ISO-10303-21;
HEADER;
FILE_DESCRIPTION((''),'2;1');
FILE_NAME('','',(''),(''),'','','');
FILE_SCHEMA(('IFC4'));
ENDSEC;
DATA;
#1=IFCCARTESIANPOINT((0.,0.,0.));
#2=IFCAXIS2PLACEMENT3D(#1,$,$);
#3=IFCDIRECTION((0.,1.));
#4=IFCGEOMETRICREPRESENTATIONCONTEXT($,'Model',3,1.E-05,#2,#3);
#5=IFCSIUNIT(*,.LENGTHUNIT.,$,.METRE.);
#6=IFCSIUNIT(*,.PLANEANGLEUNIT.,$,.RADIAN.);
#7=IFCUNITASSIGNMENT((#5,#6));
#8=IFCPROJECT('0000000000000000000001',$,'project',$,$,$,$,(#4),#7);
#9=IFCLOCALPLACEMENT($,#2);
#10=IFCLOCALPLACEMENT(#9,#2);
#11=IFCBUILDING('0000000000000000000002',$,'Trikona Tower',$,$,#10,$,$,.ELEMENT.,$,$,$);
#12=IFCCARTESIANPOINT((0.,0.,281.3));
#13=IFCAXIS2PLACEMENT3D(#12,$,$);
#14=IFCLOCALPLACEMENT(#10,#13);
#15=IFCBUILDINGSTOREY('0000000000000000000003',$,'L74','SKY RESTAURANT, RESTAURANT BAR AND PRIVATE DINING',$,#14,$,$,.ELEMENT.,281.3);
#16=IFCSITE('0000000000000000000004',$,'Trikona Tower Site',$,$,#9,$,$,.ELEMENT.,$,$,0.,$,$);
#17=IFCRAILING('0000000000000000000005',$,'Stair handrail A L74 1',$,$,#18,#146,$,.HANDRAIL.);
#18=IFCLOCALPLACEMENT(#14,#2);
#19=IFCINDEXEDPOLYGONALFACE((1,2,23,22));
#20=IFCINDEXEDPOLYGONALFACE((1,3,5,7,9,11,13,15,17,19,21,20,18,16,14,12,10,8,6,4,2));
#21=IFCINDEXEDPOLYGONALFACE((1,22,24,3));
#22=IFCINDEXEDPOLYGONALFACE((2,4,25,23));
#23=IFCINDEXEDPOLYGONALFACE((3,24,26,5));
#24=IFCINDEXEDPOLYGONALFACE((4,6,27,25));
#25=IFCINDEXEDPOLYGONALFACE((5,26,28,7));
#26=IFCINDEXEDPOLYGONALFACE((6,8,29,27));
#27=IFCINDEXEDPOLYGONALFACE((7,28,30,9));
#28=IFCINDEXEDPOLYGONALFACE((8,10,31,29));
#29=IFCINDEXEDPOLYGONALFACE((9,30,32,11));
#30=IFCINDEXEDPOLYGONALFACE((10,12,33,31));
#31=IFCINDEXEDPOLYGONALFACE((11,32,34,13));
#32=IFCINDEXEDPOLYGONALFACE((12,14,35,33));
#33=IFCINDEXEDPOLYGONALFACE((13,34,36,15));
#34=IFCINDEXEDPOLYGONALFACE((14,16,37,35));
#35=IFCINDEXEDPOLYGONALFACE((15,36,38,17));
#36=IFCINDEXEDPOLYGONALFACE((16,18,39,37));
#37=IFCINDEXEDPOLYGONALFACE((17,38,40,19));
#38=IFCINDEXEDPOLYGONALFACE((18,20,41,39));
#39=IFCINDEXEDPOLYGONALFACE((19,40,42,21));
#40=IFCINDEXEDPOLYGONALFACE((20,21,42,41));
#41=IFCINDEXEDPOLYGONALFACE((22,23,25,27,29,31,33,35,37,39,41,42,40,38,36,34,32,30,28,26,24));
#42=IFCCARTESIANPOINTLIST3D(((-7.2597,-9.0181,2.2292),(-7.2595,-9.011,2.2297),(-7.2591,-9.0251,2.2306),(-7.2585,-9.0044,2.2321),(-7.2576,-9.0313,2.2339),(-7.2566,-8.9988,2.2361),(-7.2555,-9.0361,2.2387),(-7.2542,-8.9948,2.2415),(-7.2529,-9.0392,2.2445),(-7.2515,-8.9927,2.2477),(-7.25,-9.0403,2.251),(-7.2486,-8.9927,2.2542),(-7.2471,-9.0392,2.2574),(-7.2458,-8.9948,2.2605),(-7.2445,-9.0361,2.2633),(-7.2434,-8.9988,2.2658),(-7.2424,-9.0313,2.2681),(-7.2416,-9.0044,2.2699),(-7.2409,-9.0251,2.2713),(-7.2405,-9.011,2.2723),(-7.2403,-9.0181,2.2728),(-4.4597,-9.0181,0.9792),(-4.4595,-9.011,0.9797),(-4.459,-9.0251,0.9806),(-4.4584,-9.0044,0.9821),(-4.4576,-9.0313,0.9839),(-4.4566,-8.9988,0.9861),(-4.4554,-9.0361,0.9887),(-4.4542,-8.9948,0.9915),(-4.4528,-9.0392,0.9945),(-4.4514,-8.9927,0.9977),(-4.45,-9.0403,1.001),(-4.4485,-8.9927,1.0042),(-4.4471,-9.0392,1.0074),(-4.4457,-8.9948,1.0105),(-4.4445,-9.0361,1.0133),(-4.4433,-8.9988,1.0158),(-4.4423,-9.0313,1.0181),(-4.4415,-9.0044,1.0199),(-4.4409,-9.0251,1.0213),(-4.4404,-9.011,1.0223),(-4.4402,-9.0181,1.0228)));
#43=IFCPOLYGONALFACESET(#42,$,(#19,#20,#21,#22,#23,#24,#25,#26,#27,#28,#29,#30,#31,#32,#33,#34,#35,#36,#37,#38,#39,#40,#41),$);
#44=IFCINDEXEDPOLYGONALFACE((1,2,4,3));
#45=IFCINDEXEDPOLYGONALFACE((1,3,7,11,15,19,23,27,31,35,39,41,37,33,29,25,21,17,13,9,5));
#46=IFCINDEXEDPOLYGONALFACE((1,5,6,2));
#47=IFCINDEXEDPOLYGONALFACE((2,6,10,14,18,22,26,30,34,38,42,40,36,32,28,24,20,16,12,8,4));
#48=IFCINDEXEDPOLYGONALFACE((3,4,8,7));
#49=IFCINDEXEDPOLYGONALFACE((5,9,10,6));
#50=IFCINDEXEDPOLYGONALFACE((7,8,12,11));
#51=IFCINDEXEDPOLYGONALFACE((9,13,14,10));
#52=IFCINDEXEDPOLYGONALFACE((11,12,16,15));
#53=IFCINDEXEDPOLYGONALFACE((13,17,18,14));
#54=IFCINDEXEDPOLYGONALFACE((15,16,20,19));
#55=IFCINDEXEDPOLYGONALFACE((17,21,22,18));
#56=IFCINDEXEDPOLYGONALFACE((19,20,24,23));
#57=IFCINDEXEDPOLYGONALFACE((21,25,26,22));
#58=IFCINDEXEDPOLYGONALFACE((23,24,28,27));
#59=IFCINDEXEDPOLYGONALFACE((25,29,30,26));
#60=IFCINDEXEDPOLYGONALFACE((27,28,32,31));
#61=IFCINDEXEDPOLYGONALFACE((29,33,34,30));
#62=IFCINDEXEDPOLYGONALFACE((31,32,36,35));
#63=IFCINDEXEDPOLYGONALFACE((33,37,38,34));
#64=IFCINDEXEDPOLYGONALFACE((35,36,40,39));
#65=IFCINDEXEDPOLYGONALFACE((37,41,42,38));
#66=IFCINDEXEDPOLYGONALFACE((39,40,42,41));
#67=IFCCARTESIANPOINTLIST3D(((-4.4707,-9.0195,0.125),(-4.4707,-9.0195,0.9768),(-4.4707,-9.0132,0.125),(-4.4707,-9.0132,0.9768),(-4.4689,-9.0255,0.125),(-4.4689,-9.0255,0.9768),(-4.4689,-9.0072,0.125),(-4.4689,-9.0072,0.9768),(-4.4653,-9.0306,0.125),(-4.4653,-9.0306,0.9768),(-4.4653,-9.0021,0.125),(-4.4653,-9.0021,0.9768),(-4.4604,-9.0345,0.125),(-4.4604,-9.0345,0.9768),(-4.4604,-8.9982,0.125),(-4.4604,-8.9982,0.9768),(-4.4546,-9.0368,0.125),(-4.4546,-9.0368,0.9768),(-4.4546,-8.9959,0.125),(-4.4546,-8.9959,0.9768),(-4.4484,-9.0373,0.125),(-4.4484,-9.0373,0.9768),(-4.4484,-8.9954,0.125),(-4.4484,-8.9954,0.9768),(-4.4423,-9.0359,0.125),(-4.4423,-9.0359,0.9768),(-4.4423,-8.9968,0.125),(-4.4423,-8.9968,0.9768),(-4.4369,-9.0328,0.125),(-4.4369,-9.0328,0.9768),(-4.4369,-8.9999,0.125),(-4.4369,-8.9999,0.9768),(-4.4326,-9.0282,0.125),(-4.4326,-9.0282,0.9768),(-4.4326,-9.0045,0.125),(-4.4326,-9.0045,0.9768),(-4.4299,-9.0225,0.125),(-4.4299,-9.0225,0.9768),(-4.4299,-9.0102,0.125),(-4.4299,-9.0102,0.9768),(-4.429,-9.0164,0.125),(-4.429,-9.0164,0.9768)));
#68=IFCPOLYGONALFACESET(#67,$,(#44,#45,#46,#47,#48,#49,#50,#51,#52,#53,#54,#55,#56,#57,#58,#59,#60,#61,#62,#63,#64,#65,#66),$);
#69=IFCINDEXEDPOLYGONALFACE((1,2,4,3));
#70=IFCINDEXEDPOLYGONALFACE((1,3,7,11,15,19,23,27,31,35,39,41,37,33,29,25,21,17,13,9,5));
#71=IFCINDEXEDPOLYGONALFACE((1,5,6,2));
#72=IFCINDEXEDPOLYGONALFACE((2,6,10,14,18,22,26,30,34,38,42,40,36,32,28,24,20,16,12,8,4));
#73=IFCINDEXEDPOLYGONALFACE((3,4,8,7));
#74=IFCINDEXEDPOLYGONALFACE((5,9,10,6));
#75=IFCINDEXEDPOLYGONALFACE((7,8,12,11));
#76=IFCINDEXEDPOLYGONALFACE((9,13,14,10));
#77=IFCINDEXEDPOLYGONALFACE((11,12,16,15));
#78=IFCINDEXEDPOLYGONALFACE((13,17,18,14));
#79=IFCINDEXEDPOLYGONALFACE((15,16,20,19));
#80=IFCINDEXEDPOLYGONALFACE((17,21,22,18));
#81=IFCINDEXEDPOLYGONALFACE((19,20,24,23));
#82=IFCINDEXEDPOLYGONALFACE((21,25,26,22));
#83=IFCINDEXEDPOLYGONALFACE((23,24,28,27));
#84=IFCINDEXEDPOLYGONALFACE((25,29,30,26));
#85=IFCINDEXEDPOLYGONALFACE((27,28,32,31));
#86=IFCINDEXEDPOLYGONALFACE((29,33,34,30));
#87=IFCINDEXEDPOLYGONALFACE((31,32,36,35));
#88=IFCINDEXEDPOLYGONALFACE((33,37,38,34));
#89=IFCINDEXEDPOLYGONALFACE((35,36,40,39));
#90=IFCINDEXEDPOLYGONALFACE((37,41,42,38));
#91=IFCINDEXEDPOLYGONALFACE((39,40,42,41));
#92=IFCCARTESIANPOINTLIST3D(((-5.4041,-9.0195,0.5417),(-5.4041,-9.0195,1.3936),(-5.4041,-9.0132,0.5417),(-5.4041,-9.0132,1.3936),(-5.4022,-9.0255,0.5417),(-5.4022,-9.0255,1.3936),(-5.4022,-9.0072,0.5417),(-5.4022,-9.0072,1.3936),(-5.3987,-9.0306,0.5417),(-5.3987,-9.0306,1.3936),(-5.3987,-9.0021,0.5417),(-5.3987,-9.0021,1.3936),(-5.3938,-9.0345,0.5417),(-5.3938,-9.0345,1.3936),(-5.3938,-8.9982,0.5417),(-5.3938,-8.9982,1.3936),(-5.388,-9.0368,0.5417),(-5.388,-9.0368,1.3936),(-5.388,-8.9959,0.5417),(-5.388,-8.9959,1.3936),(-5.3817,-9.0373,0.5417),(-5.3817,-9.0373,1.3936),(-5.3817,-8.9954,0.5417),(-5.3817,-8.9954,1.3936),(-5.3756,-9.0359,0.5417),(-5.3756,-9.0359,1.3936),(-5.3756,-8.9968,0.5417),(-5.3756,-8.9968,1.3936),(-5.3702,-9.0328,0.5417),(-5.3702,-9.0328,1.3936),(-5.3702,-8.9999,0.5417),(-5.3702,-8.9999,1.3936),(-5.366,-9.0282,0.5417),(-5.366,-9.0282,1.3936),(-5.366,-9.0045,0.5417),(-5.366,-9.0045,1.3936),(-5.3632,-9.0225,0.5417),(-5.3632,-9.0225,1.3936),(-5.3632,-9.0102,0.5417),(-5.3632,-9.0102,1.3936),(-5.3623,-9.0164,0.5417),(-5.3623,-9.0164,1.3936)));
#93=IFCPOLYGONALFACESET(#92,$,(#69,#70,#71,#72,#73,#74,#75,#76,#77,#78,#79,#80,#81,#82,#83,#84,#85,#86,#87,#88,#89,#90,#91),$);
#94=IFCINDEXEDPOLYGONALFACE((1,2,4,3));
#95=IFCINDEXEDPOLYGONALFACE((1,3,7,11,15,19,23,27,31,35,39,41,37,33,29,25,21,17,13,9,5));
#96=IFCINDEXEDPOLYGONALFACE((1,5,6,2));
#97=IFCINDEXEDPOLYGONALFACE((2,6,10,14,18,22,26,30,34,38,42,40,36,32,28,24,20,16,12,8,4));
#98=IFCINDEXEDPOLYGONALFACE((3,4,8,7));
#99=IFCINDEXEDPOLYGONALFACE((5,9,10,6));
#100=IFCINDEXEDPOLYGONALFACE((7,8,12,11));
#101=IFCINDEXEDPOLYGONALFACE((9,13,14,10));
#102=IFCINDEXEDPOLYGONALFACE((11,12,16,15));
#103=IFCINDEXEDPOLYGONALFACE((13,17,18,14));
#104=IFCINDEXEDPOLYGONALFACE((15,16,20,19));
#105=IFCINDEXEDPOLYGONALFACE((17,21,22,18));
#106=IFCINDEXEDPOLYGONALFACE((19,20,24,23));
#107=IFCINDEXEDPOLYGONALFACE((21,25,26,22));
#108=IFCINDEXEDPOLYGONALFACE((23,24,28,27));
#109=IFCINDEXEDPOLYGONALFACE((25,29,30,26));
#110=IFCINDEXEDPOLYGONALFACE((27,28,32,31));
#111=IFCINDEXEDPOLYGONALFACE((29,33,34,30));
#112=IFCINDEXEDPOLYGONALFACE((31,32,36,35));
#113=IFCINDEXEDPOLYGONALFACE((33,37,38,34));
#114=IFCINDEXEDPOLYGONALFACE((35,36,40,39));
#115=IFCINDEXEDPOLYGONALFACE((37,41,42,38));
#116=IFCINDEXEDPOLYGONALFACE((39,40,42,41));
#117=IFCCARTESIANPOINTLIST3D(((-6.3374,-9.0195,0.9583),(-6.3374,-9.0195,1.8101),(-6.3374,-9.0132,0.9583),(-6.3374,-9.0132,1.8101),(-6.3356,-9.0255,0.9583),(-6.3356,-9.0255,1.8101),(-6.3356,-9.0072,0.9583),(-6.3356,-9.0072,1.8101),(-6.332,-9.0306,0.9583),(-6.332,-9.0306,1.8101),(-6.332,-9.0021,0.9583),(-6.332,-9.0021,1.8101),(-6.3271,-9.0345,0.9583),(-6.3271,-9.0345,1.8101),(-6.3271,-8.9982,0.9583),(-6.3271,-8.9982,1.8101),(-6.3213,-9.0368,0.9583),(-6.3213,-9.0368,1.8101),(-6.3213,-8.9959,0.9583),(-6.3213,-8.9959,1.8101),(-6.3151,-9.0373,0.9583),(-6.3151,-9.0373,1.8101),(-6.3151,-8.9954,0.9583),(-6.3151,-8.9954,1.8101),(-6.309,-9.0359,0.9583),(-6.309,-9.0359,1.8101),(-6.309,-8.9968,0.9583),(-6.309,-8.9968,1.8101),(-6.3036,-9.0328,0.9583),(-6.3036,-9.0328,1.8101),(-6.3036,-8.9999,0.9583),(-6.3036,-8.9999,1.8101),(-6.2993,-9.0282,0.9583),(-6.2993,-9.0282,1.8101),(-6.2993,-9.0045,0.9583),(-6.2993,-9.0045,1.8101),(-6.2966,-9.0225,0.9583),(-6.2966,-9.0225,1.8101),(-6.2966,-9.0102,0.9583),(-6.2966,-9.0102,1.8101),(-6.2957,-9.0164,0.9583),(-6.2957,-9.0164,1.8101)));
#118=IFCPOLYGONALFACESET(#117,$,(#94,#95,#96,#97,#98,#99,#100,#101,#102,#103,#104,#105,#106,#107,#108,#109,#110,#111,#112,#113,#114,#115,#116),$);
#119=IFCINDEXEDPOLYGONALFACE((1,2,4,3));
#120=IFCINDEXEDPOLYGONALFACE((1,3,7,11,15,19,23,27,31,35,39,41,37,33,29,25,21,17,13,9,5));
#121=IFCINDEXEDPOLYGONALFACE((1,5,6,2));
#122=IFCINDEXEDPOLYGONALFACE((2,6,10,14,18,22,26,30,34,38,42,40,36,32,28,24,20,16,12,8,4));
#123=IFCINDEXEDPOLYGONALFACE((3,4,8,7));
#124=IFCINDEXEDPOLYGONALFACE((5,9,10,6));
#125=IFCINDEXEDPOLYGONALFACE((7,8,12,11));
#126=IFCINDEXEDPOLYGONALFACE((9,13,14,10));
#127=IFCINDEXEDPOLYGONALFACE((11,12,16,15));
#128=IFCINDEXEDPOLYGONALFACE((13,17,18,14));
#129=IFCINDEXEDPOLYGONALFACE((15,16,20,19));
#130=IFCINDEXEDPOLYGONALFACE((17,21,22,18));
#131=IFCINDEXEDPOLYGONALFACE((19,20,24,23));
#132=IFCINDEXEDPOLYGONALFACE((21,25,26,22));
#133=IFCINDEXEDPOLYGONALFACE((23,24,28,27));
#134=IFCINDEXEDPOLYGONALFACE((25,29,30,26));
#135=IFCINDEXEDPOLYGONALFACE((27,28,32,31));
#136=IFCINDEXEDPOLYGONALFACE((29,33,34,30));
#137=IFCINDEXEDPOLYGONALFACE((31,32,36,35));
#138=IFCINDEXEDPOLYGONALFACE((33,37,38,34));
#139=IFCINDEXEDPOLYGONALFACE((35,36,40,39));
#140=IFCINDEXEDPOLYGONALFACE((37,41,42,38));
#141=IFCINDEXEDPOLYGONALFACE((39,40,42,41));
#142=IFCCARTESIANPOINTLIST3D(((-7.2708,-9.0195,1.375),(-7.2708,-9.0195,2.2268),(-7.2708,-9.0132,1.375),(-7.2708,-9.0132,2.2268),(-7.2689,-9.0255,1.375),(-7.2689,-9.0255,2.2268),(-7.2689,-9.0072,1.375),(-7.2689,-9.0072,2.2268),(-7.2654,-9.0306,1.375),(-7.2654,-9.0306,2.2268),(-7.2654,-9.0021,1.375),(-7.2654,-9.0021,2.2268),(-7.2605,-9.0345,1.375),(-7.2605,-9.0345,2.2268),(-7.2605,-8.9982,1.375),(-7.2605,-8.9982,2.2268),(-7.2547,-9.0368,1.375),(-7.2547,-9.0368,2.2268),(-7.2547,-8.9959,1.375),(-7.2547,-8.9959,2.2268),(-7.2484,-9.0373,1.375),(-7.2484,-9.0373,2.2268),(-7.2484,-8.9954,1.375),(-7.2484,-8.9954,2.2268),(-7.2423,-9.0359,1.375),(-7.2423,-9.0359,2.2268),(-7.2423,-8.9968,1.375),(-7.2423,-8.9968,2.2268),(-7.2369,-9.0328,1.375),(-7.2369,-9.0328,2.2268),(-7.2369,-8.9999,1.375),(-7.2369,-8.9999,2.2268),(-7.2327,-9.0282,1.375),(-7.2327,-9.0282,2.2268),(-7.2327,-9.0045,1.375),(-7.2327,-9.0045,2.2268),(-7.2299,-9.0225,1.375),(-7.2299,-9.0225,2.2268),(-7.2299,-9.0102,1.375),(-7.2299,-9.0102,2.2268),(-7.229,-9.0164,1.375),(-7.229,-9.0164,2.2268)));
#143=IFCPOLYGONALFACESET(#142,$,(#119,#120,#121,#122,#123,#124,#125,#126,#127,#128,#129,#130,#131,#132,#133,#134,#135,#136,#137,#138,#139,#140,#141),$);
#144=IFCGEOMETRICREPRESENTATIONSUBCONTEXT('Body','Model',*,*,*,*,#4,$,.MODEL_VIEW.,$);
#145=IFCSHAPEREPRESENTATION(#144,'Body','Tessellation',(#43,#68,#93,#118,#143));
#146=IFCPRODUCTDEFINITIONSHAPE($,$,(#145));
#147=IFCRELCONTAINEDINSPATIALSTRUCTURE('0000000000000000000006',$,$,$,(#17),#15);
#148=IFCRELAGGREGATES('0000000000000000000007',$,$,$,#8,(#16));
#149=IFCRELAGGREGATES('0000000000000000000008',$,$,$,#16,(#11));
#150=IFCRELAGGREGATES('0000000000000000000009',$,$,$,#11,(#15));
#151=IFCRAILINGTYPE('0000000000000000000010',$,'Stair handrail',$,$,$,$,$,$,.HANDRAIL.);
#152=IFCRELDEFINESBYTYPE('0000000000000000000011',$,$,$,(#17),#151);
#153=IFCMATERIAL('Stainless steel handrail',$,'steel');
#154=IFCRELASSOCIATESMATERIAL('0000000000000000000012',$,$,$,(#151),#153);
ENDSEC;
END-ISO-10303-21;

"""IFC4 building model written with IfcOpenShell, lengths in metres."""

from ifc_helpers import new_model, si_unit, direction, frame, origin, origin_2d, place, context, subcontext, project, spatial, circle, extrude, material, type_object, element, save


model = new_model("IFC4")

# Units and contexts
model_context = context("Model", 3, precision=1e-05, world=origin(), true_north=direction((0.0, 1.0)))
body_context = subcontext(model_context, "Body", "Model", "MODEL_VIEW")
ifc_project = project(units=[si_unit("LENGTHUNIT", "METRE"), si_unit("PLANEANGLEUNIT", "RADIAN")], contexts=[model_context])

# Site, building, storey
site_placement = place(None, origin())
site = spatial("IfcSite", under=ifc_project, at=site_placement, Name="Trikona Tower Site", CompositionType="ELEMENT", RefElevation=0.0)
building_placement = place(site_placement, origin())
building = spatial("IfcBuilding", under=site, at=building_placement, Name="Trikona Tower", CompositionType="ELEMENT")
storey_placement = place(building_placement, frame((0.0, 0.0, 281.3)))
storey = spatial("IfcBuildingStorey", under=building, at=storey_placement, Name="L74", Description="SKY RESTAURANT, RESTAURANT BAR AND PRIVATE DINING", CompositionType="ELEMENT", Elevation=281.3)

# Railing
ifc_material_1 = material(Name="Stainless steel handrail", Category="steel")
railing_type = type_object("IfcRailingType", Name="Stair handrail", PredefinedType="HANDRAIL", material=ifc_material_1)
for number, where, name in (
    (1, (-4.45, -9.0164, 0.125), "Stair handrail A L74 1"),
):
    element("IfcRailing", number, at=place(storey_placement, frame(where)), inside=storey, type_object=railing_type, Name=name, PredefinedType="HANDRAIL", context=body_context, shape_type="SweptSolid", body=[
        extrude(circle(Radius=0.0239, at=origin_2d()), frame((0.0, 0.0, 0.876), z_axis=(-0.913141, 0.0, 0.407645), x_axis=(0.0, -1.0, 0.0)), (0.0, 0.0, 1.0), 3.0664),
        extrude(circle(Radius=0.021, at=origin_2d()), origin(), (0.0, 0.0, 1.0), 0.8518),
        extrude(circle(Radius=0.021, at=origin_2d()), frame((-0.9333, 0.0, 0.4167)), (0.0, 0.0, 1.0), 0.8518),
        extrude(circle(Radius=0.021, at=origin_2d()), frame((-1.8667, 0.0, 0.8333)), (0.0, 0.0, 1.0), 0.8518),
        extrude(circle(Radius=0.021, at=origin_2d()), frame((-2.8, 0.0, 1.25)), (0.0, 0.0, 1.0), 0.8518),
    ])

save(model, "model.ifc")
